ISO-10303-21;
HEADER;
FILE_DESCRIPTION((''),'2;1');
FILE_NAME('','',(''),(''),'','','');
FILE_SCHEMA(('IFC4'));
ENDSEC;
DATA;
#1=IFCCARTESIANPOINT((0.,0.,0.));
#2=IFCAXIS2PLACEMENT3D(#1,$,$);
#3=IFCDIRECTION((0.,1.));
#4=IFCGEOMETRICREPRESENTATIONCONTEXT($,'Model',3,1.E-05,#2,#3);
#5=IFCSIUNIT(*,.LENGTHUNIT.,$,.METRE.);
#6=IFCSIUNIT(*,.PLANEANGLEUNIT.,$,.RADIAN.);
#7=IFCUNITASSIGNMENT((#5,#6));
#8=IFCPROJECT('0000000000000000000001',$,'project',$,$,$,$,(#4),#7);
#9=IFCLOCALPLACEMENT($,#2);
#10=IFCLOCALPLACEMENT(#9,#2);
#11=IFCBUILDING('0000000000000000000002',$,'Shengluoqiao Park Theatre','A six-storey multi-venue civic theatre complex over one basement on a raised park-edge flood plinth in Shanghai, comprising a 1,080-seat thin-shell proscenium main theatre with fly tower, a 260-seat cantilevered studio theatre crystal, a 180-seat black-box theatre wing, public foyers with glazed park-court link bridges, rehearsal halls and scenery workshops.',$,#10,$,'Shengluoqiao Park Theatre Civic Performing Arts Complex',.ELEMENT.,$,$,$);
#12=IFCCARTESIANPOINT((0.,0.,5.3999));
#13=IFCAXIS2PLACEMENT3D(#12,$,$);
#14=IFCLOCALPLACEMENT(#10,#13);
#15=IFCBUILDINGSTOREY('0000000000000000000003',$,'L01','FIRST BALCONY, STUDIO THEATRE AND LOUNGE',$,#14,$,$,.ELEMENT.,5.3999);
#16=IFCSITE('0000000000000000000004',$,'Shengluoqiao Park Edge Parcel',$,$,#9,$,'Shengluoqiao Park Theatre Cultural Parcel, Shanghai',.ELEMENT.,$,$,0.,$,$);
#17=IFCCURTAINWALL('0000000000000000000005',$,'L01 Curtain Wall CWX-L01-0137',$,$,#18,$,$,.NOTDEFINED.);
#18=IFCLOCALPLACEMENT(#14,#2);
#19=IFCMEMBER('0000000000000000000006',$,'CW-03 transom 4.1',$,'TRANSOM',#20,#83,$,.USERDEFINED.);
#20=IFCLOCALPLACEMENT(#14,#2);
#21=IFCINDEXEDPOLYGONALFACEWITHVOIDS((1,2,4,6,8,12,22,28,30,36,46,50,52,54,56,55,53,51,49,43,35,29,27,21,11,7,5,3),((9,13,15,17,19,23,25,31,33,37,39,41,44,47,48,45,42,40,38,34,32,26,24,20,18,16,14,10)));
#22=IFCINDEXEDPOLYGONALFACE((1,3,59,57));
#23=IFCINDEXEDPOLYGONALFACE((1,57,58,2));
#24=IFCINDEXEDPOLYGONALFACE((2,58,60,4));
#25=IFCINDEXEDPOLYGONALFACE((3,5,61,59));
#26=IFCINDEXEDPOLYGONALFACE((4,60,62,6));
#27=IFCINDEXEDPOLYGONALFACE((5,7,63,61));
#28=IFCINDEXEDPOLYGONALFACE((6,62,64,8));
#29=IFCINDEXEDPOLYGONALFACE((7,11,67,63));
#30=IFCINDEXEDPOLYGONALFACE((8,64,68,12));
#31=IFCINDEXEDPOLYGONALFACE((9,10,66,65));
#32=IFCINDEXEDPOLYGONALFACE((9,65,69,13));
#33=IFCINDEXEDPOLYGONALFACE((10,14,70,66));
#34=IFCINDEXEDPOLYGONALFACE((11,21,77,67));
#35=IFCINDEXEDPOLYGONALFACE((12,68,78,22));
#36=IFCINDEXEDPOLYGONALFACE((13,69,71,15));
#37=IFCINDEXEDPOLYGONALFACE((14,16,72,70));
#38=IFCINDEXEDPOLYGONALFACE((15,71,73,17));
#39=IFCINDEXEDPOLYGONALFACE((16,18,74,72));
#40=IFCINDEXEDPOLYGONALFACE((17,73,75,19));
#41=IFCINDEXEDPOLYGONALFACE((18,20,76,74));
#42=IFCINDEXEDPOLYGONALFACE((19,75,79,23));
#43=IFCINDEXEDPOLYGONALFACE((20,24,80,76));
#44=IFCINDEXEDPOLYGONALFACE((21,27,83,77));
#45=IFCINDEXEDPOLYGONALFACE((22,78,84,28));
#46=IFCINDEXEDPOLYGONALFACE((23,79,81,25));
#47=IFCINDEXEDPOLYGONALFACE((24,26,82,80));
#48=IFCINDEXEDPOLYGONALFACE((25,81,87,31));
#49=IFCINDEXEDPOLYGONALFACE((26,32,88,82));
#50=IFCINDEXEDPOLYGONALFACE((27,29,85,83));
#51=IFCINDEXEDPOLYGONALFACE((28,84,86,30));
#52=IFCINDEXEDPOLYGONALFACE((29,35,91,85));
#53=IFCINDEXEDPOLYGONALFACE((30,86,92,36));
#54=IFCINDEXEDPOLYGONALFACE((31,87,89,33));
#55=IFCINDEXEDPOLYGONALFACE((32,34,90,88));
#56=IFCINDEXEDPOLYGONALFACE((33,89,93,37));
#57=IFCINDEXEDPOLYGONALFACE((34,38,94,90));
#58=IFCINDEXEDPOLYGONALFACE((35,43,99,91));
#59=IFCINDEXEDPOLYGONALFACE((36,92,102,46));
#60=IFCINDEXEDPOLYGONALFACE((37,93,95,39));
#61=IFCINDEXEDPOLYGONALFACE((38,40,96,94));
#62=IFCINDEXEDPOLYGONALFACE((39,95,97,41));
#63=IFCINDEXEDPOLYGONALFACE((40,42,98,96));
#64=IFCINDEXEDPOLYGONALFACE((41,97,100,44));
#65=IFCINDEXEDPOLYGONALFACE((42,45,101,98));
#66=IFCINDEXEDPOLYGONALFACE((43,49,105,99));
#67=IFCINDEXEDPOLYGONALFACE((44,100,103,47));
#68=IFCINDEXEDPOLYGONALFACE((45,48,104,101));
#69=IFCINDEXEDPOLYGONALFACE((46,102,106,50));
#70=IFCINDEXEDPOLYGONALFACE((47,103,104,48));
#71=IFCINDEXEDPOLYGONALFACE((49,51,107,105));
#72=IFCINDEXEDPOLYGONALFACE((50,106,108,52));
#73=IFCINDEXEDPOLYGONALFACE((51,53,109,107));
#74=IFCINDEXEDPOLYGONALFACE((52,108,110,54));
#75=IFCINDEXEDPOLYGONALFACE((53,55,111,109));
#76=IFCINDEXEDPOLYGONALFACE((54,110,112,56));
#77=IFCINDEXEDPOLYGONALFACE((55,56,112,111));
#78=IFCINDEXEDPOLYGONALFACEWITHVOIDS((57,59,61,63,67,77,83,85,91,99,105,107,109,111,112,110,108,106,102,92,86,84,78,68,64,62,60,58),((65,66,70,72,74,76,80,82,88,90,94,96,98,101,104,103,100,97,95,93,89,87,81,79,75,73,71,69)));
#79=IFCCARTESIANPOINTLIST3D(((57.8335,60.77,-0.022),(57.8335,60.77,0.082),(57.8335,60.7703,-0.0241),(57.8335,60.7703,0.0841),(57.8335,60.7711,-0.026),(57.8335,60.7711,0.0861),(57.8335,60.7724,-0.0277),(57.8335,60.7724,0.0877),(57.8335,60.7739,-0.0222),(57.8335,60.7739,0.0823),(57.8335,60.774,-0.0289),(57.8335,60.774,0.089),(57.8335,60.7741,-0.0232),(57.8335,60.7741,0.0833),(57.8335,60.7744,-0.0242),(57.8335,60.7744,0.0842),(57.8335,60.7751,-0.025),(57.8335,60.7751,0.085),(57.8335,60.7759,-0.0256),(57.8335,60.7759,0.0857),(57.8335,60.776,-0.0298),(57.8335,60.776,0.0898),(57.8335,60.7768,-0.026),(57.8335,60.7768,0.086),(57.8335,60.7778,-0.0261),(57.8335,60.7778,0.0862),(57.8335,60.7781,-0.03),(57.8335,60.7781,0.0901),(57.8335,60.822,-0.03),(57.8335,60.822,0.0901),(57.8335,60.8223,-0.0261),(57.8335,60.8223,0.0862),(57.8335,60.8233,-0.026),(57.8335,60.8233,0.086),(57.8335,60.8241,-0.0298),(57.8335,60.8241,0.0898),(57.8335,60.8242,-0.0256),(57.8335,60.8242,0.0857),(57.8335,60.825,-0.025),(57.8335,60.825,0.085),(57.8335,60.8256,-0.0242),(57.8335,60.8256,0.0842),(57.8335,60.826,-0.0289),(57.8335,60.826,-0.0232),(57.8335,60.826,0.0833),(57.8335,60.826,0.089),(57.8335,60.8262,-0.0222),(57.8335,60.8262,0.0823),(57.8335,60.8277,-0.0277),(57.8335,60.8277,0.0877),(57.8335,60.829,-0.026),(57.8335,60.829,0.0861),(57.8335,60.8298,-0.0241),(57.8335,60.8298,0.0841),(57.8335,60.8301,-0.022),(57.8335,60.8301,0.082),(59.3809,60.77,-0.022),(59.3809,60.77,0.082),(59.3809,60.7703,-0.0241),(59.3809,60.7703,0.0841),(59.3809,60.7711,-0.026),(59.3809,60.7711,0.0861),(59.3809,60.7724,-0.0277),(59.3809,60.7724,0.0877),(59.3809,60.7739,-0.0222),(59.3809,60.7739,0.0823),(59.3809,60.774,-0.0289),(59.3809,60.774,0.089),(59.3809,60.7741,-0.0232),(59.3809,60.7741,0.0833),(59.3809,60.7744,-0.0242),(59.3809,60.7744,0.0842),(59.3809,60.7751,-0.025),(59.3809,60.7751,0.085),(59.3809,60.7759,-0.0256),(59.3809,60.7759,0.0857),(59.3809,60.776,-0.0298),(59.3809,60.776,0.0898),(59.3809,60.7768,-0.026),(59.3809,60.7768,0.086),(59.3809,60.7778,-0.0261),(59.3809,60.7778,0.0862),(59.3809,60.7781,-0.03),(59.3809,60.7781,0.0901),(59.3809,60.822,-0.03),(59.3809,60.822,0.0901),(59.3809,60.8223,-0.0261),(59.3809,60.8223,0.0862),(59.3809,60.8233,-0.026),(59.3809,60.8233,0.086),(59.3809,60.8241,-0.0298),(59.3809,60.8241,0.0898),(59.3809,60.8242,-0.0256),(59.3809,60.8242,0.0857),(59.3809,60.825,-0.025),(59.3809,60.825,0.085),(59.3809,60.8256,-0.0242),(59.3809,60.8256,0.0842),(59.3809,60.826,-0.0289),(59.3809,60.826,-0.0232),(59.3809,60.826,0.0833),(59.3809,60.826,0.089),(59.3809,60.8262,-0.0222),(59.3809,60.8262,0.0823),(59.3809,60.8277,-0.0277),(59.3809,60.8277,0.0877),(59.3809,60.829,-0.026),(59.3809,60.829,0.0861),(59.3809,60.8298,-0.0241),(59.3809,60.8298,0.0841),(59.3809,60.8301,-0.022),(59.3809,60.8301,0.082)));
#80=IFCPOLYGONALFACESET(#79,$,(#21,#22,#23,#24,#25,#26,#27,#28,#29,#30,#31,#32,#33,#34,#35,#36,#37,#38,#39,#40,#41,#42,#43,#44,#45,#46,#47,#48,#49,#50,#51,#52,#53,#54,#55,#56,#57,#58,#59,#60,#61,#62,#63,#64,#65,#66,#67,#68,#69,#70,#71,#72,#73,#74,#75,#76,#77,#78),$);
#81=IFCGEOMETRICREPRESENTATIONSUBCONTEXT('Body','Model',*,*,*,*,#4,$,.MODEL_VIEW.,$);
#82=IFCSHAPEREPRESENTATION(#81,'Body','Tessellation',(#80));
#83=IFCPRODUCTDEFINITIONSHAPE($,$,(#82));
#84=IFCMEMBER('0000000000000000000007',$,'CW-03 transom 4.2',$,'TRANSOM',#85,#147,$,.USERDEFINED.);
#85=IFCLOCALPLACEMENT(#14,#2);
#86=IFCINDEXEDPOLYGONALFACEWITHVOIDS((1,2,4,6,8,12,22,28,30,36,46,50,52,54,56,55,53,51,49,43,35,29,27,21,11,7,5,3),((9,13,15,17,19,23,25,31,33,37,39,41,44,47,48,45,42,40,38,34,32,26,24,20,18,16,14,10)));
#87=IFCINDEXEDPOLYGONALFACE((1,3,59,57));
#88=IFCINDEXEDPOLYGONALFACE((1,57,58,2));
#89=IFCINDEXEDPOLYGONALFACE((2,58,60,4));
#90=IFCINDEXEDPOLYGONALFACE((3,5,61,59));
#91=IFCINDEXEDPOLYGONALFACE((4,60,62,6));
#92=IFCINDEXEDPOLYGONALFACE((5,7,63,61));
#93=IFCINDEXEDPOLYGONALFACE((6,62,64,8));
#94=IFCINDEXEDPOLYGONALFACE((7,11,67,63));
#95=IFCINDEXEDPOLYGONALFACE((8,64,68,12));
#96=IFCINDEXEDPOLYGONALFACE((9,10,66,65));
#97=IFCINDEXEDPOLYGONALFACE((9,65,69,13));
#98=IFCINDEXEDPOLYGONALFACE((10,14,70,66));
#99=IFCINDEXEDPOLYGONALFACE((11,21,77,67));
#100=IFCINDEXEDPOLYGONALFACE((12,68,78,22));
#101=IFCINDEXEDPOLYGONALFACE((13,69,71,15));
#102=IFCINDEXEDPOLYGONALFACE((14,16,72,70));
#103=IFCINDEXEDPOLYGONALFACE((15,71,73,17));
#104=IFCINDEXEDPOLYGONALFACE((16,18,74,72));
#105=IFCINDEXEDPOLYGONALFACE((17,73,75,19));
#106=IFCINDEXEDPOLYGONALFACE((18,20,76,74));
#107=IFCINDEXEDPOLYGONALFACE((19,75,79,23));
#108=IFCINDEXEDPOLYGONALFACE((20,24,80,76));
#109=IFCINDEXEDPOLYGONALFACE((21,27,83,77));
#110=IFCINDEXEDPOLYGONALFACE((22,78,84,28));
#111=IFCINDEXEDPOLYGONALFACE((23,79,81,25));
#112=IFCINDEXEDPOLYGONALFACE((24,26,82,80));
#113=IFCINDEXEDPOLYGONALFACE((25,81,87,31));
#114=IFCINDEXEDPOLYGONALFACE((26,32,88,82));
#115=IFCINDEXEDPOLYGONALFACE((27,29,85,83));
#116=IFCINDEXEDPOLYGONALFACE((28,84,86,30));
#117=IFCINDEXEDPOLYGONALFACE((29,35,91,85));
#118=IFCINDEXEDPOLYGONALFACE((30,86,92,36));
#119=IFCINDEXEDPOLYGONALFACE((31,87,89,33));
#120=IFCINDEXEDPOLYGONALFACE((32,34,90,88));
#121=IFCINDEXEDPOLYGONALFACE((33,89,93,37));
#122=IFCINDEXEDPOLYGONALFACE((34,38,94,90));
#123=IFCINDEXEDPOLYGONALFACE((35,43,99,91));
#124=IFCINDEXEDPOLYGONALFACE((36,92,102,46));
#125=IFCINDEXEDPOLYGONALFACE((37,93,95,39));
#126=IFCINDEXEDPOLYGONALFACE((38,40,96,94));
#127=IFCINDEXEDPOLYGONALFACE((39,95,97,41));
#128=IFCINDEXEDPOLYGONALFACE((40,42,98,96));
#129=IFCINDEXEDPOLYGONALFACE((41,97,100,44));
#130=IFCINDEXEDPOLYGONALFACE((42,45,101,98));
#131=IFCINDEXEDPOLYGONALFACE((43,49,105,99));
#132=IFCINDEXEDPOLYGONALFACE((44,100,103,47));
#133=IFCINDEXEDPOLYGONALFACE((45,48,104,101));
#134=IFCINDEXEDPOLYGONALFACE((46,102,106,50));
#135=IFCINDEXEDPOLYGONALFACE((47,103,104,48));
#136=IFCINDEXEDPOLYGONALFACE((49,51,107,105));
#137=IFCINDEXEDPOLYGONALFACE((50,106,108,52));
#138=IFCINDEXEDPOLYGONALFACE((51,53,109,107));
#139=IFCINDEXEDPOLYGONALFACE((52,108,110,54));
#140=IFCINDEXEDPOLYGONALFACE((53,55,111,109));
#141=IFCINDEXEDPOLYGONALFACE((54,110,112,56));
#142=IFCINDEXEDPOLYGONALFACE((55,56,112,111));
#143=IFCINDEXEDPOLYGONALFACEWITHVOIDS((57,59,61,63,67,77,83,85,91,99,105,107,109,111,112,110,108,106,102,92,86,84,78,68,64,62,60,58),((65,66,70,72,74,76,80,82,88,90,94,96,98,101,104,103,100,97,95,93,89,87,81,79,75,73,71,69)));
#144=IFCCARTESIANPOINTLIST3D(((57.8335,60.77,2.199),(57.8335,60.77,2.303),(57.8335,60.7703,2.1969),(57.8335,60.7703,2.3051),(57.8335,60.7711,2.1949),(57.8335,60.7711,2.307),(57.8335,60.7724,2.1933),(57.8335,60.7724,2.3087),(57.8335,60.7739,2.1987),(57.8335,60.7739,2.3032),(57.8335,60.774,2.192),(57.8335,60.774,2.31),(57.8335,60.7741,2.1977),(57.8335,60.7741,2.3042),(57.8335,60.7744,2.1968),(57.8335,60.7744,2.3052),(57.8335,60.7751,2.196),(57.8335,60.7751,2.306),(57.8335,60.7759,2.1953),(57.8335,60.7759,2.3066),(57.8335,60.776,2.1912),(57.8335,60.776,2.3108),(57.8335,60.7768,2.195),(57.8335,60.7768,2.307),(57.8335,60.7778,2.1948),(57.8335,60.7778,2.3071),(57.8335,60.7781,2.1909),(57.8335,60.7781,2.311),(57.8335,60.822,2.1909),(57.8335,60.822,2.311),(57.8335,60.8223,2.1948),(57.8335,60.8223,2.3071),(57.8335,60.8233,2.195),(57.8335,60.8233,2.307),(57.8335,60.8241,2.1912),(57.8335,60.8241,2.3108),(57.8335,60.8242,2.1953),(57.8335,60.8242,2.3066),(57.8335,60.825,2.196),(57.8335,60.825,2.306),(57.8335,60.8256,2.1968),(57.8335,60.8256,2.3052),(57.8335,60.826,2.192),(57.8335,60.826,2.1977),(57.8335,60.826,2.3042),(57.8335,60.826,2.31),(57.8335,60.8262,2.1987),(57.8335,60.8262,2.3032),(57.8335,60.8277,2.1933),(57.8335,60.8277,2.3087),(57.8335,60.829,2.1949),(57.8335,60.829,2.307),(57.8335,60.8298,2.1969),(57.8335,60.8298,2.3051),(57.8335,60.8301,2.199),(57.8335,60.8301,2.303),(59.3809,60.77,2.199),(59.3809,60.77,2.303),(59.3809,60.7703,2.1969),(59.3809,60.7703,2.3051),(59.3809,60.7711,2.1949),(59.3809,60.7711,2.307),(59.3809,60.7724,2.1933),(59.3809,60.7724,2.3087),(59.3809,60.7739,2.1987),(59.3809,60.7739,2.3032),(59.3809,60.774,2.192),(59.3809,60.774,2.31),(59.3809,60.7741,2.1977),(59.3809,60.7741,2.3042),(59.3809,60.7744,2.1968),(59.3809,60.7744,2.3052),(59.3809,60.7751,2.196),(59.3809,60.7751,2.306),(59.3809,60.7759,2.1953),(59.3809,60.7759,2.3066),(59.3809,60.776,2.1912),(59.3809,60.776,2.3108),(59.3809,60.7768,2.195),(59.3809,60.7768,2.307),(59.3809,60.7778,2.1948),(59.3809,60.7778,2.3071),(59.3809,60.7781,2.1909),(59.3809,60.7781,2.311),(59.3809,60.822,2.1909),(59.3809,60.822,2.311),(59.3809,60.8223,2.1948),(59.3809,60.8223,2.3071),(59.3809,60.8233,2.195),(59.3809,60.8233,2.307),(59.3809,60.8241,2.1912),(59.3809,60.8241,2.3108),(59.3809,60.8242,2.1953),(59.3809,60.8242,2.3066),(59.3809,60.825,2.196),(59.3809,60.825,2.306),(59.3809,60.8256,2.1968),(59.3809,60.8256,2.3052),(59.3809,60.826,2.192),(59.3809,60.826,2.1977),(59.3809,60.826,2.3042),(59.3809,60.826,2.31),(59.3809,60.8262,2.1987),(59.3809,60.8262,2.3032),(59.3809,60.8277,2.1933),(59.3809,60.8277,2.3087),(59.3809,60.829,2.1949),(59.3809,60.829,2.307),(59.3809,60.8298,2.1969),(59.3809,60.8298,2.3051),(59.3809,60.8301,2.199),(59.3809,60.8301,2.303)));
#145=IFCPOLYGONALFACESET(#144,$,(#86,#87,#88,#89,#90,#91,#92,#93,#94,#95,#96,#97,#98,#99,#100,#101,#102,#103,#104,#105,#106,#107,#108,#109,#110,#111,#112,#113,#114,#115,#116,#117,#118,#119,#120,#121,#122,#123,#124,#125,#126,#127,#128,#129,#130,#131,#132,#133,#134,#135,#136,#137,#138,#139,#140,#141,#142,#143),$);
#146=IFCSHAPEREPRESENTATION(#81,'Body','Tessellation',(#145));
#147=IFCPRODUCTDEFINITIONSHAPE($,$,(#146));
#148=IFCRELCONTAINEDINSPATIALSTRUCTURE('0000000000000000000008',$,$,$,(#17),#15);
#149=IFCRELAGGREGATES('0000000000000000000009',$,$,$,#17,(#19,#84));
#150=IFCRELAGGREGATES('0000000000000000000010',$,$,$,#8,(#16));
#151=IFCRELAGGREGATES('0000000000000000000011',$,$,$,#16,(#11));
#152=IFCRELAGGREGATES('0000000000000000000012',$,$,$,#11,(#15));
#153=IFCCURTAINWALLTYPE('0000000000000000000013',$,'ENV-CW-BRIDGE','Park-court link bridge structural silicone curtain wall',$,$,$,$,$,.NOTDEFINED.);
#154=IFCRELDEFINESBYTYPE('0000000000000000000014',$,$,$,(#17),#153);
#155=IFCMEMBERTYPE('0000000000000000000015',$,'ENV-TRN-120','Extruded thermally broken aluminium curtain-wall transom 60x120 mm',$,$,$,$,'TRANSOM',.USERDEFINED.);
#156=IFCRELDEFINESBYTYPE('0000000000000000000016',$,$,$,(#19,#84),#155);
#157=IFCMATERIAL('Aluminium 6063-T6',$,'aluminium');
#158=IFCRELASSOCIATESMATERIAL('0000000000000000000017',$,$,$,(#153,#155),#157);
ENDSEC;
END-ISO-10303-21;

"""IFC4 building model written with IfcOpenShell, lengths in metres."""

from ifc_helpers import new_model, si_unit, direction, frame, origin, origin_2d, place, context, subcontext, project, spatial, hollow_rectangle, extrude, material, material_profile, profile_set, type_object, element, aggregate, save


model = new_model("IFC4")

# Units and contexts
model_context = context("Model", 3, precision=1e-05, world=origin(), true_north=direction((0.0, 1.0)))
body_context = subcontext(model_context, "Body", "Model", "MODEL_VIEW")
ifc_project = project(units=[si_unit("LENGTHUNIT", "METRE"), si_unit("PLANEANGLEUNIT", "RADIAN")], contexts=[model_context])

# Site, building, storey
site_placement = place(None, origin())
site = spatial("IfcSite", under=ifc_project, at=site_placement, Name="Shengluoqiao Park Edge Parcel", LongName="Shengluoqiao Park Theatre Cultural Parcel, Shanghai", CompositionType="ELEMENT", RefElevation=0.0)
building_placement = place(site_placement, origin())
building = spatial("IfcBuilding", under=site, at=building_placement, Name="Shengluoqiao Park Theatre", Description="A six-storey multi-venue civic theatre complex over one basement on a raised park-edge flood plinth in Shanghai, comprising a 1,080-seat thin-shell proscenium main theatre with fly tower, a 260-seat cantilevered studio theatre crystal, a 180-seat black-box theatre wing, public foyers with glazed park-court link bridges, rehearsal halls and scenery workshops.", LongName="Shengluoqiao Park Theatre Civic Performing Arts Complex", CompositionType="ELEMENT")
storey_placement = place(building_placement, frame((0.0, 0.0, 5.3999)))
storey = spatial("IfcBuildingStorey", under=building, at=storey_placement, Name="L01", Description="FIRST BALCONY, STUDIO THEATRE AND LOUNGE", CompositionType="ELEMENT", Elevation=5.3999)

# Curtain wall
ifc_material_1 = material(Name="Aluminium 6063-T6", Category="aluminium")
curtain_wall_type_1 = type_object("IfcCurtainWallType", Name="ENV-CW-BRIDGE", Description="Park-court link bridge structural silicone curtain wall", PredefinedType="NOTDEFINED", material=ifc_material_1)
curtain_wall_1_placement = place(storey_placement, origin())
curtain_wall_1 = element("IfcCurtainWall", 1, at=curtain_wall_1_placement, inside=storey, type_object=curtain_wall_type_1, Name="L01 Curtain Wall CWX-L01-0137", PredefinedType="NOTDEFINED")

# Members
ifc_material_profile_1 = material_profile(ifc_material_1, hollow_rectangle(XDim=0.0601, YDim=0.1201, WallThickness=0.0039, InnerFilletRadius=0.0039, OuterFilletRadius=0.0081, at=origin_2d()), Name="ALU TRANSOM 120x60x4")
ifc_profile_set_1 = profile_set([ifc_material_profile_1], Name="Aluminium 6063-T6")
member_type_1 = type_object("IfcMemberType", Name="ENV-TRN-120", Description="Extruded thermally broken aluminium curtain-wall transom 60x120 mm", ElementType="TRANSOM", PredefinedType="USERDEFINED", material=ifc_profile_set_1)
member_1_placement = place(storey_placement, frame((57.8335, 60.8, 0.03), z_axis=(1.0, 0.0, 0.0), x_axis=(0.0, 1.0, 0.0)))
member_1 = element("IfcMember", 2, at=member_1_placement, type_object=member_type_1, Name="CW-03 transom 4.1", ObjectType="TRANSOM", PredefinedType="USERDEFINED", context=body_context, shape_type="SweptSolid", body=[
    extrude(hollow_rectangle(XDim=0.0601, YDim=0.1201, WallThickness=0.0039, InnerFilletRadius=0.0039, OuterFilletRadius=0.0081, at=origin_2d()), origin(), (0.0, 0.0, 1.0), 1.5474),
])
member_2_placement = place(storey_placement, frame((57.8335, 60.8, 2.251), z_axis=(1.0, 0.0, 0.0), x_axis=(0.0, 1.0, 0.0)))
member_2 = element("IfcMember", 3, at=member_2_placement, type_object=member_type_1, Name="CW-03 transom 4.2", ObjectType="TRANSOM", PredefinedType="USERDEFINED", context=body_context, shape_type="SweptSolid", body=[
    extrude(hollow_rectangle(XDim=0.0601, YDim=0.1201, WallThickness=0.0039, InnerFilletRadius=0.0039, OuterFilletRadius=0.0081, at=origin_2d()), origin(), (0.0, 0.0, 1.0), 1.5474),
])

aggregate(curtain_wall_1, [member_1, member_2])

save(model, "model.ifc")
